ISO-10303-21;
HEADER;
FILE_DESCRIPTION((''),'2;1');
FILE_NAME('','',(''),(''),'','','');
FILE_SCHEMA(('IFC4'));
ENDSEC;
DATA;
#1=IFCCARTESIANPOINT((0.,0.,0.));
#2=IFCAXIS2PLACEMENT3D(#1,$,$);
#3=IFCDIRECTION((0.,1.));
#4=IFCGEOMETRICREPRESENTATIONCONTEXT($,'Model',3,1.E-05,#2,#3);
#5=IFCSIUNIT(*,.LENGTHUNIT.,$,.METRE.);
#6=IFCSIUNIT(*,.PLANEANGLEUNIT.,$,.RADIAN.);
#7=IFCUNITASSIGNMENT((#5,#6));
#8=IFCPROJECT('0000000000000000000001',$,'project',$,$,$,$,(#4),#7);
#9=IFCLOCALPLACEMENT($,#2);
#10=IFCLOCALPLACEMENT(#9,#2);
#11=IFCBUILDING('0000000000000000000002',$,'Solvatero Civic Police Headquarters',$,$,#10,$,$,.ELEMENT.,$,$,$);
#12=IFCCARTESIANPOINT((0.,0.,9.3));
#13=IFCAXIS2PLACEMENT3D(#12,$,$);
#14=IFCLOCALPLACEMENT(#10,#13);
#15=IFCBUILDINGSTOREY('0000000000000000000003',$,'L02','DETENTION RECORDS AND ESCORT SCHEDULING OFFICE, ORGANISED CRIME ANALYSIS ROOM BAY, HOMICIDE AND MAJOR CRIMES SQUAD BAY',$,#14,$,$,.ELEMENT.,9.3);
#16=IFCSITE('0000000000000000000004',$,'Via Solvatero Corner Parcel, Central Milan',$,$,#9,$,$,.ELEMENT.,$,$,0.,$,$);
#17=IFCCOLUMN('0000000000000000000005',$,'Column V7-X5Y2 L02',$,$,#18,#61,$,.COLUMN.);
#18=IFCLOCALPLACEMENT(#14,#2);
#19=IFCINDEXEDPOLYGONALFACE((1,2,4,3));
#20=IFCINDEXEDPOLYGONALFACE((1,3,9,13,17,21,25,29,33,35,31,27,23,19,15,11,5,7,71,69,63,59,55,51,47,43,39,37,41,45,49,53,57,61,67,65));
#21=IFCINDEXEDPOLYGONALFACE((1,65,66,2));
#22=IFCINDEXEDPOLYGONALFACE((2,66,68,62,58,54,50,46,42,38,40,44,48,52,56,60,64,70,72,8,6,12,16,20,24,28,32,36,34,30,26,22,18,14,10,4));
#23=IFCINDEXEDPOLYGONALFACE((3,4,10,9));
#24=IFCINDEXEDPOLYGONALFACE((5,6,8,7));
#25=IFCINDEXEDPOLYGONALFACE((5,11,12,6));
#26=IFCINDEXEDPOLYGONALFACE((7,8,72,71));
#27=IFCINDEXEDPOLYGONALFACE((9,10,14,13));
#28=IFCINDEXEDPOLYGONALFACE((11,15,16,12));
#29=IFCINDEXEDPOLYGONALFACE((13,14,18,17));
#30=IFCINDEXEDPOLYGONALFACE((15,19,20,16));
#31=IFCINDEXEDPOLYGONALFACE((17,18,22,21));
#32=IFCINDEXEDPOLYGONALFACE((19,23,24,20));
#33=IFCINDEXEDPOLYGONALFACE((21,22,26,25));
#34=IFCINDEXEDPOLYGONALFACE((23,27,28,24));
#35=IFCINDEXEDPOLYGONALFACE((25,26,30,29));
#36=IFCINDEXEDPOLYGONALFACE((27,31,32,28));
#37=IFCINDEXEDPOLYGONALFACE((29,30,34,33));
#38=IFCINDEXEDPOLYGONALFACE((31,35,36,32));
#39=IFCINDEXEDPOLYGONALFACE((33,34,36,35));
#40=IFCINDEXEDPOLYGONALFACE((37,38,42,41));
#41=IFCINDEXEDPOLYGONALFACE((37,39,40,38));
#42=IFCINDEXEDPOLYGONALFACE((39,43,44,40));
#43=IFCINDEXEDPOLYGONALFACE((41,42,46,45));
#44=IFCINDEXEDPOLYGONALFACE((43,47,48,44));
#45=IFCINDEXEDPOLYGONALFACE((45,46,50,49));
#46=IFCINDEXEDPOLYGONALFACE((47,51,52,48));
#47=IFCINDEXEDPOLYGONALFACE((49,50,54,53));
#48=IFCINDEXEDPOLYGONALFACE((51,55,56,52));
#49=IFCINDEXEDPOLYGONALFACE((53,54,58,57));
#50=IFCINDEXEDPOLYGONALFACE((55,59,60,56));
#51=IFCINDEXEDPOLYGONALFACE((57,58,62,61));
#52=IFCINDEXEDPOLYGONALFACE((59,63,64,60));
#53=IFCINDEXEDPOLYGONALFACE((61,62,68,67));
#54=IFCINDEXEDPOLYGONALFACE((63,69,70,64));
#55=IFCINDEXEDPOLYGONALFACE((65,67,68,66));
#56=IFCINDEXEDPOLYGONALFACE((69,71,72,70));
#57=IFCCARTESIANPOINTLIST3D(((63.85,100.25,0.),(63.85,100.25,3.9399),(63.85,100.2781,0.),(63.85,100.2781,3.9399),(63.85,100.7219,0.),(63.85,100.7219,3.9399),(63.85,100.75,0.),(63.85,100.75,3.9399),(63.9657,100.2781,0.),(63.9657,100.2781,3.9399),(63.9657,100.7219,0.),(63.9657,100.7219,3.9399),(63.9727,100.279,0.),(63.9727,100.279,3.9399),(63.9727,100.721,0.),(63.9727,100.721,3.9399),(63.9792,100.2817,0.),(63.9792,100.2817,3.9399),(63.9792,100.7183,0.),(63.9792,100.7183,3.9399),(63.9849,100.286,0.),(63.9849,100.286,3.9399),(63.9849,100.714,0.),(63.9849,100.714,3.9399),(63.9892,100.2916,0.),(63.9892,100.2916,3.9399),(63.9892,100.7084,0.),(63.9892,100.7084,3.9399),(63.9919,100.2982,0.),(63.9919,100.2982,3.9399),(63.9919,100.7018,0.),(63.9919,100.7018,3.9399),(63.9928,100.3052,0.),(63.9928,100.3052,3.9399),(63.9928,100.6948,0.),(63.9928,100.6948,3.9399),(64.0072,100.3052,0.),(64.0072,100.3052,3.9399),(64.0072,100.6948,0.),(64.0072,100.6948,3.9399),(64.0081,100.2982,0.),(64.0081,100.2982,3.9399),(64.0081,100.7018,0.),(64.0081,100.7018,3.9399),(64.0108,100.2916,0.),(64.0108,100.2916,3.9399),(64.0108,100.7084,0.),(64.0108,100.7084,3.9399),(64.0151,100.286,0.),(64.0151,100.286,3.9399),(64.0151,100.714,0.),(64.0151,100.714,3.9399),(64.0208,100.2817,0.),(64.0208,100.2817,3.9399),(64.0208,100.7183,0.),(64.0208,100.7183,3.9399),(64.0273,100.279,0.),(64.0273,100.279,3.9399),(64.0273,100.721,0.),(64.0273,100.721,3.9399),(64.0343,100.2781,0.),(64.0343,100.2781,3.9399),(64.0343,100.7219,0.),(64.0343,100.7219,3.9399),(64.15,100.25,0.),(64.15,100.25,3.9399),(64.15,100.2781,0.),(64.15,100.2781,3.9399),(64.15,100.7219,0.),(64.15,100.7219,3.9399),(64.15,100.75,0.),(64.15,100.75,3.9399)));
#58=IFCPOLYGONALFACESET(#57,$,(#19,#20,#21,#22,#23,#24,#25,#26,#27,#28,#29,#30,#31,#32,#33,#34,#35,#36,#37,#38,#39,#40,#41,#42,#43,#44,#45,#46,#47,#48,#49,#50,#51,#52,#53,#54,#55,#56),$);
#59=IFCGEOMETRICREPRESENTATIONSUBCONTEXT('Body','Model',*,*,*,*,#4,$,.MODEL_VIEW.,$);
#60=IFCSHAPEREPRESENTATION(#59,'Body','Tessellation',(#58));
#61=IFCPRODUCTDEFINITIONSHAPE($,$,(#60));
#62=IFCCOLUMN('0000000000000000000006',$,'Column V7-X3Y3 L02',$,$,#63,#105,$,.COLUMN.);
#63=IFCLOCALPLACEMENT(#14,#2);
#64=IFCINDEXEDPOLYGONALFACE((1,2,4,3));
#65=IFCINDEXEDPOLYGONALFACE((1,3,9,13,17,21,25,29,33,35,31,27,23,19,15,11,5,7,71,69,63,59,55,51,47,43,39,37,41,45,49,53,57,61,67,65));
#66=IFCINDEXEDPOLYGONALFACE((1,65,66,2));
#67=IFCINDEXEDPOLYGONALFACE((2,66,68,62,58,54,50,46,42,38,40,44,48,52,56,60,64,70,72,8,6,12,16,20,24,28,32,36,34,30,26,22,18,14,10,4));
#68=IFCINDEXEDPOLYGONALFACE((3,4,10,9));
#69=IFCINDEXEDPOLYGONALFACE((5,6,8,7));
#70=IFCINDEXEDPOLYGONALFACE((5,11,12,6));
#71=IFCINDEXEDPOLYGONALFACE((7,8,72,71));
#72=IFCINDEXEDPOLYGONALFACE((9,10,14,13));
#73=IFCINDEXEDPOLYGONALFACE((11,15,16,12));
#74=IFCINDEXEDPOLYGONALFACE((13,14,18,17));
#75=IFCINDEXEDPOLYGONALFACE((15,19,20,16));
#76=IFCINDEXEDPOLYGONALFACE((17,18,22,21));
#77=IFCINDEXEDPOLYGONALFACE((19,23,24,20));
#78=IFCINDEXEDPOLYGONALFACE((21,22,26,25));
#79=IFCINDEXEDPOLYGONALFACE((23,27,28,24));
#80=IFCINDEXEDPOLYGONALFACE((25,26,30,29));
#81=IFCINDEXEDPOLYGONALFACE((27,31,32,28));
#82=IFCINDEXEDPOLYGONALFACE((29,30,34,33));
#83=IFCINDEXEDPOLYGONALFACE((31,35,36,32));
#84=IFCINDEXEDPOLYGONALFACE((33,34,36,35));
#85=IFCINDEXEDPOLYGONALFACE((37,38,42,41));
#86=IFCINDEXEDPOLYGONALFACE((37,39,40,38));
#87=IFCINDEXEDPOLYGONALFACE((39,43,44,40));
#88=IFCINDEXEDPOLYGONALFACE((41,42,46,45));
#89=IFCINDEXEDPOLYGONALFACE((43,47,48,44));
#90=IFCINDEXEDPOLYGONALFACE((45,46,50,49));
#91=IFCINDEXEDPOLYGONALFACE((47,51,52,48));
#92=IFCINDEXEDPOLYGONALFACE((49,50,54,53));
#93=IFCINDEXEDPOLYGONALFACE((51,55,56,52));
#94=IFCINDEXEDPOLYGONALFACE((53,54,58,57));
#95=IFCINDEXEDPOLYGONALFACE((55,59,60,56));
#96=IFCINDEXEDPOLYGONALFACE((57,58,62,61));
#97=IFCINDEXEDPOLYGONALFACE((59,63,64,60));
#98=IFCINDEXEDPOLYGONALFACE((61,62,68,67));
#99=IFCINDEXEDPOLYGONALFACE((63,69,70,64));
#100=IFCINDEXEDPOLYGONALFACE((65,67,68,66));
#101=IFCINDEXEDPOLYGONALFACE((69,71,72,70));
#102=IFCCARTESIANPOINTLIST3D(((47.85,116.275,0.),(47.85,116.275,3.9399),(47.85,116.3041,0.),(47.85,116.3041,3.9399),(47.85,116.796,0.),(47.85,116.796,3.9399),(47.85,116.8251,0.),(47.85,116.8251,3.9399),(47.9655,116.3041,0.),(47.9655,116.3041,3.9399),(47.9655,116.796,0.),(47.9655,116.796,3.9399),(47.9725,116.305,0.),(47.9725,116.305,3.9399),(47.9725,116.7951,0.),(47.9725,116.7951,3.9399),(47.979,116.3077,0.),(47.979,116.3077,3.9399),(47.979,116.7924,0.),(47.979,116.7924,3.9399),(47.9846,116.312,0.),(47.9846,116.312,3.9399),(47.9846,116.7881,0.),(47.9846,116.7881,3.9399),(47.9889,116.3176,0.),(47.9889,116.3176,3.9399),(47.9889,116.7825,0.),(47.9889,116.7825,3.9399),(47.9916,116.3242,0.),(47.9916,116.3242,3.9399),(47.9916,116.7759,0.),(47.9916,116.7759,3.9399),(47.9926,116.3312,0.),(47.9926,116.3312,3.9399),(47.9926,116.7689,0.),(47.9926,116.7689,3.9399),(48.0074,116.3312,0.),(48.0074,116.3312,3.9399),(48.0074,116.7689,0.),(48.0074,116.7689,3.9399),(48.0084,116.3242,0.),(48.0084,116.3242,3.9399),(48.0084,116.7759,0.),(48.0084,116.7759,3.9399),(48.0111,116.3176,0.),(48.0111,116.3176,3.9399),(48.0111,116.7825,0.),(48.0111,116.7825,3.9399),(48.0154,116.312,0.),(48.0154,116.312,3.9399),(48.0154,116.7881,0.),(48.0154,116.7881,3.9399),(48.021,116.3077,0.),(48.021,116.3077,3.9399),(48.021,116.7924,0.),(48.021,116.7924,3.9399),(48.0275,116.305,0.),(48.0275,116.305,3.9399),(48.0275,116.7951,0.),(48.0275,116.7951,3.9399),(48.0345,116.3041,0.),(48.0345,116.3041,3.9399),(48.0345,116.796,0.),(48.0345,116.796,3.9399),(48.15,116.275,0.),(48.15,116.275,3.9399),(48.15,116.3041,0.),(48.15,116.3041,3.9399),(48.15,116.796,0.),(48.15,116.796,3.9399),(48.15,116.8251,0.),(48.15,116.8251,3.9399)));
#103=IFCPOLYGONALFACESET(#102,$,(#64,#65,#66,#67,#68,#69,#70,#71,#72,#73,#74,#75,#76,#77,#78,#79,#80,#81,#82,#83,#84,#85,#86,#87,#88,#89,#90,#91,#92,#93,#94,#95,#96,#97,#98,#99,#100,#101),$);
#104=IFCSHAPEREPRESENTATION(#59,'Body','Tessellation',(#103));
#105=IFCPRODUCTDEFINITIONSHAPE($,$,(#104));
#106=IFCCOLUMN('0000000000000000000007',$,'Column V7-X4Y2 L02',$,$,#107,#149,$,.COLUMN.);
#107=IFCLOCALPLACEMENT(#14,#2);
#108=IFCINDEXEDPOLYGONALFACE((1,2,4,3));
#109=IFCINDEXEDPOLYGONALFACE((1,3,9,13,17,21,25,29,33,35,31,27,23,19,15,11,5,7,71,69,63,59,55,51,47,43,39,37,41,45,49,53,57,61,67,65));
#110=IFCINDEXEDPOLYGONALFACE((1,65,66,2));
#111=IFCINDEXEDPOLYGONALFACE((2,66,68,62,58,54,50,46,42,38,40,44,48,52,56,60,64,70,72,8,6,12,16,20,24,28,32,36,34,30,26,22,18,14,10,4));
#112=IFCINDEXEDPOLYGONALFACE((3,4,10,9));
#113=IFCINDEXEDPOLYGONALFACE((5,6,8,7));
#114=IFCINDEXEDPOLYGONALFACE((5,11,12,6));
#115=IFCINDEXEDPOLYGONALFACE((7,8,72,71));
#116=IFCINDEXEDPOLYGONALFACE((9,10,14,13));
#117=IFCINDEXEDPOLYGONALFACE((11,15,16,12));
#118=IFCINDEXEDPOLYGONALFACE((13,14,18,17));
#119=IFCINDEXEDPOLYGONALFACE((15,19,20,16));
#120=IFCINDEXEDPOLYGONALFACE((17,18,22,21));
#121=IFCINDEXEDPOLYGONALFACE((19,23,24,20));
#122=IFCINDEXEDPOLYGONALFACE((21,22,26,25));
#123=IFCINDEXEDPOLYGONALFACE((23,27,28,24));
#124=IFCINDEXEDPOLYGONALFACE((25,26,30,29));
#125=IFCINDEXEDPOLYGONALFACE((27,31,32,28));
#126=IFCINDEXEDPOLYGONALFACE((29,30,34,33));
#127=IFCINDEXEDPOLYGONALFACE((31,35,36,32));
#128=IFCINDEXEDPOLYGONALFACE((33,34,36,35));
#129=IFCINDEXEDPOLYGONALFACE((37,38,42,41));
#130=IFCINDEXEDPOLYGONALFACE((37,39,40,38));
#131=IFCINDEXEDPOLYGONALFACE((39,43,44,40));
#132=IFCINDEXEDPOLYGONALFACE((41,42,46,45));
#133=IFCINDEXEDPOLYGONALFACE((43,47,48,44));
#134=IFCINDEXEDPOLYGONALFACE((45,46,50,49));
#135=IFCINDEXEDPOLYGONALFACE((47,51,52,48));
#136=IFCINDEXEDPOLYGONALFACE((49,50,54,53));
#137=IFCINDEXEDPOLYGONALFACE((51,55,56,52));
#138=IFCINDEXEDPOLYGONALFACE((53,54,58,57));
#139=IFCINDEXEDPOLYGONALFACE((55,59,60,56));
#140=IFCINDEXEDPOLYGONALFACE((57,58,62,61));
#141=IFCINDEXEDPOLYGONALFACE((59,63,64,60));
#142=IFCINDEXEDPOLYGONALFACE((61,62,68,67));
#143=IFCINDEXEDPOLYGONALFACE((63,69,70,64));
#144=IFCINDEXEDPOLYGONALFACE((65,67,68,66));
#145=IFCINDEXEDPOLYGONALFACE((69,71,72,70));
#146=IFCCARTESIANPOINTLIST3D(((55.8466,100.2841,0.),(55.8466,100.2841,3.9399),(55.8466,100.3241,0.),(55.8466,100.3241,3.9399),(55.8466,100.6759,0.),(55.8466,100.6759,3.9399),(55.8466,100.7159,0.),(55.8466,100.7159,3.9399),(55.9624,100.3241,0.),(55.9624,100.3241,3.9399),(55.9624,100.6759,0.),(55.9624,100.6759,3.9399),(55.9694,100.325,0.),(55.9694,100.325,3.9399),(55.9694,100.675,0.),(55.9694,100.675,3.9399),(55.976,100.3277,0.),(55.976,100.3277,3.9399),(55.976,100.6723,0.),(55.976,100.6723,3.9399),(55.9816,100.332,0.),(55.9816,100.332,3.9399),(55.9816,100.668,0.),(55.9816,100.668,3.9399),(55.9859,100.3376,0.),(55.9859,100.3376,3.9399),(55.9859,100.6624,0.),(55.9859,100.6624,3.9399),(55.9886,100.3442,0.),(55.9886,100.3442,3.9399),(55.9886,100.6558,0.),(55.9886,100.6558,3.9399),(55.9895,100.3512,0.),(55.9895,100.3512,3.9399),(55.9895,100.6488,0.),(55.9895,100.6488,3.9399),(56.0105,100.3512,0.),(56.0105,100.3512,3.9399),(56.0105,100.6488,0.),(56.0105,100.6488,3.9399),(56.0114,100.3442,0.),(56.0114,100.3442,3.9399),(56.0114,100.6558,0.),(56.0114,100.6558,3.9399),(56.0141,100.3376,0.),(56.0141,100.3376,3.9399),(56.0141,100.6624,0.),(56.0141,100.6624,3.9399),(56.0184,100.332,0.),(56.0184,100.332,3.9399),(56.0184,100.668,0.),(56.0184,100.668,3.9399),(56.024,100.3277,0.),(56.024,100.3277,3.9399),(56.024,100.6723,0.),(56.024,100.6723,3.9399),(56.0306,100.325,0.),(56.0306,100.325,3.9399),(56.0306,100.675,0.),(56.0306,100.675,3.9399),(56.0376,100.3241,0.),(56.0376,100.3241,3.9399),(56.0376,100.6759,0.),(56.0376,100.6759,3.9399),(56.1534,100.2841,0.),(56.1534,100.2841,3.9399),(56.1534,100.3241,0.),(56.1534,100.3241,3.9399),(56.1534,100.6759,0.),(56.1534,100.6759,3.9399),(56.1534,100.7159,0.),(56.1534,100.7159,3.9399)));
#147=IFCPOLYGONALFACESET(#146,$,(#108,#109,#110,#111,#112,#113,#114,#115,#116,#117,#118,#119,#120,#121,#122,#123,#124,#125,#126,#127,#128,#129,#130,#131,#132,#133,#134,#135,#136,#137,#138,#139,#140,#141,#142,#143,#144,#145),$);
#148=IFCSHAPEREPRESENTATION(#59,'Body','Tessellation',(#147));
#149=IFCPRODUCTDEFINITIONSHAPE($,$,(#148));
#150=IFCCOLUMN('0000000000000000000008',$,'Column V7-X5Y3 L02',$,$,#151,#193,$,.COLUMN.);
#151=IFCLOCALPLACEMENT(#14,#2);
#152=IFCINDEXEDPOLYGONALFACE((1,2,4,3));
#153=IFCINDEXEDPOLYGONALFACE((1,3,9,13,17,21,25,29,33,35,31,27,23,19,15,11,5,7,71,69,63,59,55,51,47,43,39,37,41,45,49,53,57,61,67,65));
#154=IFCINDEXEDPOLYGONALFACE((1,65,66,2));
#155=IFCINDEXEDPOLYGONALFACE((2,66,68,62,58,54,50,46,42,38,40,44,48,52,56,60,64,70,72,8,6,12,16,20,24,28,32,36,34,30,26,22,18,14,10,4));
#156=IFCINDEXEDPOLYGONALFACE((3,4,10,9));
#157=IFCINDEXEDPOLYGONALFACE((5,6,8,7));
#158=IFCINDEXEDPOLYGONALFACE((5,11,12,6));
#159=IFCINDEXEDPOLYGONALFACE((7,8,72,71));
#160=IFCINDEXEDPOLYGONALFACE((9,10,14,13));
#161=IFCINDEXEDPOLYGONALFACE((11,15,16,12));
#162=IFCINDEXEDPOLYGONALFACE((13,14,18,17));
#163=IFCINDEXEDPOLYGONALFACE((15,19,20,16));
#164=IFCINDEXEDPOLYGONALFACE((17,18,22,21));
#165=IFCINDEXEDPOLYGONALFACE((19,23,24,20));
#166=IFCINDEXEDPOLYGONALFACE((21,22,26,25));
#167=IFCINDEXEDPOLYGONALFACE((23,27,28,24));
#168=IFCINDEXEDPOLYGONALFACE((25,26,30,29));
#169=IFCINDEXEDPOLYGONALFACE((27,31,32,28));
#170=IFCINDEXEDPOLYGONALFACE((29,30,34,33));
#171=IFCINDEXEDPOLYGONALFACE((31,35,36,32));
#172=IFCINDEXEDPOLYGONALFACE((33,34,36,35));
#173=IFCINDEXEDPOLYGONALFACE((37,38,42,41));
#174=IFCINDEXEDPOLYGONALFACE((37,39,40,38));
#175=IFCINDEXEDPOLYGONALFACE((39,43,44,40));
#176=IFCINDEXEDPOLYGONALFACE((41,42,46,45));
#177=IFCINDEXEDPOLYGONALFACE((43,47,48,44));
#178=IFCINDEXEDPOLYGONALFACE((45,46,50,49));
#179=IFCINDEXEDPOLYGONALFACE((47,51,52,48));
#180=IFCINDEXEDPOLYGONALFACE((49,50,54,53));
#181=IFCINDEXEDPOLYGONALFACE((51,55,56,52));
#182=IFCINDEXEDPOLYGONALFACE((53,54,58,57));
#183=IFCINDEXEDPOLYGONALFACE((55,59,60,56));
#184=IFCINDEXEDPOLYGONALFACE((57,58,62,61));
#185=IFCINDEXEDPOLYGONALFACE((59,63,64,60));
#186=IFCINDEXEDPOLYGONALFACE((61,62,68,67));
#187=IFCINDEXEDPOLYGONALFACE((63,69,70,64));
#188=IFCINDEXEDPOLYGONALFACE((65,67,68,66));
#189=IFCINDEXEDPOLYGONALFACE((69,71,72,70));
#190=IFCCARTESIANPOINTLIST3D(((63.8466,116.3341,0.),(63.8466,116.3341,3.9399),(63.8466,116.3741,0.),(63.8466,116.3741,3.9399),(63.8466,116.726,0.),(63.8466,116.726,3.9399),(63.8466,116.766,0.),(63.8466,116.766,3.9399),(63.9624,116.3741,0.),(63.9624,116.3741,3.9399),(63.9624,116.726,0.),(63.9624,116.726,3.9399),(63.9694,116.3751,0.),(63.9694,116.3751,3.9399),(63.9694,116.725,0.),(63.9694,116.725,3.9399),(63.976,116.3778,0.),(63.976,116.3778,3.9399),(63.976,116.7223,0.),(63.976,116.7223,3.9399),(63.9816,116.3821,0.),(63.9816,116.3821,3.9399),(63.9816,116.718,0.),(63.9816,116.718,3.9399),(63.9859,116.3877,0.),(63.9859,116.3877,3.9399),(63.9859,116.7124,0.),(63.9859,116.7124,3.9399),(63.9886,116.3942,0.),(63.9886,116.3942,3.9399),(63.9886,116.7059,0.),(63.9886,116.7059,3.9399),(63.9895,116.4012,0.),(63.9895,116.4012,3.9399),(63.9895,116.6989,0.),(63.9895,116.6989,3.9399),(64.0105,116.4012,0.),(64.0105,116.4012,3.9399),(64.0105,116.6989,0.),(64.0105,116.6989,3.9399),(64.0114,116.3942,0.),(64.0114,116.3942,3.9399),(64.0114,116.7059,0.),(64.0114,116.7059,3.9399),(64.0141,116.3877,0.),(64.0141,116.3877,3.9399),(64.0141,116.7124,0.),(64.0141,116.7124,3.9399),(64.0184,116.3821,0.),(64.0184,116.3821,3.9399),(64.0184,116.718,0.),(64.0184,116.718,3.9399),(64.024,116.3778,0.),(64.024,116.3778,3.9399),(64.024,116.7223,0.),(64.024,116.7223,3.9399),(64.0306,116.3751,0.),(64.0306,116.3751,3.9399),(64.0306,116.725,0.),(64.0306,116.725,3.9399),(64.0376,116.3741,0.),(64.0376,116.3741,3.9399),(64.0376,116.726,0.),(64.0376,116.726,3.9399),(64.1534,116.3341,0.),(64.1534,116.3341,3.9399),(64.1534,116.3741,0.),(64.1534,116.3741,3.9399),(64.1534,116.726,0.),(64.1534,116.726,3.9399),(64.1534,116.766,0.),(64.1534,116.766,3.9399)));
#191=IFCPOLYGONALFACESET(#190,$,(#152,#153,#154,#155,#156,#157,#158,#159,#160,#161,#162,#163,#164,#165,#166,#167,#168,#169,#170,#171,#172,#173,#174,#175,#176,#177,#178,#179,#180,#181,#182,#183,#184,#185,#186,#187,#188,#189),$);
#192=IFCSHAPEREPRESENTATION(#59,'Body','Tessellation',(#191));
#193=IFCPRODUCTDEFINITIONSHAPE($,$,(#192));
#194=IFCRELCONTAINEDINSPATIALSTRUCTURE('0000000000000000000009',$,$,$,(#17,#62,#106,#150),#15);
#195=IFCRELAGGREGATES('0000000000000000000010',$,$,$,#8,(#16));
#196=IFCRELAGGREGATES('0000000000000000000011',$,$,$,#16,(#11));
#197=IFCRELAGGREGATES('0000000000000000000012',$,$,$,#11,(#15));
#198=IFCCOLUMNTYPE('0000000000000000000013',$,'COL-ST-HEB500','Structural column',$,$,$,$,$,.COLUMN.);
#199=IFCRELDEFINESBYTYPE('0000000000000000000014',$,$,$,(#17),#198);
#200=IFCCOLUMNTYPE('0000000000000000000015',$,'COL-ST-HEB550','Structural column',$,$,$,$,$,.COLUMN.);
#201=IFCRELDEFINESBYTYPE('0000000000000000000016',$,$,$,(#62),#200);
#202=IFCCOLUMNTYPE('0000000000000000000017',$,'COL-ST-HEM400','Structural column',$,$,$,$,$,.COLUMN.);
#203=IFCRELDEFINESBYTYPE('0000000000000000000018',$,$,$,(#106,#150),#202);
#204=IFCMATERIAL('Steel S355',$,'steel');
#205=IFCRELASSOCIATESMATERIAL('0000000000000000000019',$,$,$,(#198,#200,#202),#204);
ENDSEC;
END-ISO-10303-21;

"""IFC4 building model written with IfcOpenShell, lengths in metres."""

from ifc_helpers import new_model, si_unit, direction, frame, origin, origin_2d, place, context, subcontext, project, spatial, i_section, extrude, material, material_profile, profile_set, type_object, element, save


model = new_model("IFC4")

# Units and contexts
model_context = context("Model", 3, precision=1e-05, world=origin(), true_north=direction((0.0, 1.0)))
body_context = subcontext(model_context, "Body", "Model", "MODEL_VIEW")
ifc_project = project(units=[si_unit("LENGTHUNIT", "METRE"), si_unit("PLANEANGLEUNIT", "RADIAN")], contexts=[model_context])

# Site, building, storey
site_placement = place(None, origin())
site = spatial("IfcSite", under=ifc_project, at=site_placement, Name="Via Solvatero Corner Parcel, Central Milan", CompositionType="ELEMENT", RefElevation=0.0)
building_placement = place(site_placement, origin())
building = spatial("IfcBuilding", under=site, at=building_placement, Name="Solvatero Civic Police Headquarters", CompositionType="ELEMENT")
storey_placement = place(building_placement, frame((0.0, 0.0, 9.3)))
storey = spatial("IfcBuildingStorey", under=building, at=storey_placement, Name="L02", Description="DETENTION RECORDS AND ESCORT SCHEDULING OFFICE, ORGANISED CRIME ANALYSIS ROOM BAY, HOMICIDE AND MAJOR CRIMES SQUAD BAY", CompositionType="ELEMENT", Elevation=9.3)

# Columns
ifc_material_1 = material(Name="Steel S355", Category="steel")
ifc_material_profile_1 = material_profile(ifc_material_1, i_section(OverallWidth=0.3, OverallDepth=0.5, WebThickness=0.0144, FlangeThickness=0.0281, FilletRadius=0.0271, at=origin_2d()), Name="HEB 500")
ifc_profile_set_1 = profile_set([ifc_material_profile_1], Name="Steel S355")
column_type_1 = type_object("IfcColumnType", Name="COL-ST-HEB500", Description="Structural column", PredefinedType="COLUMN", material=ifc_profile_set_1)
column_1_placement = place(storey_placement, frame((64.0, 100.5, 0.0), z_axis=(0.0, 0.0, 1.0), x_axis=(1.0, 0.0, 0.0)))
element("IfcColumn", 1, at=column_1_placement, inside=storey, type_object=column_type_1, Name="Column V7-X5Y2 L02", PredefinedType="COLUMN", context=body_context, shape_type="SweptSolid", body=[
    extrude(i_section(OverallWidth=0.3, OverallDepth=0.5, WebThickness=0.0144, FlangeThickness=0.0281, FilletRadius=0.0271, at=origin_2d()), origin(), (0.0, 0.0, 1.0), 3.9399),
])
ifc_material_profile_2 = material_profile(ifc_material_1, i_section(OverallWidth=0.3, OverallDepth=0.55, WebThickness=0.0149, FlangeThickness=0.0291, FilletRadius=0.0271, at=origin_2d()), Name="HEB 550")
ifc_profile_set_2 = profile_set([ifc_material_profile_2], Name="Steel S355")
column_type_2 = type_object("IfcColumnType", Name="COL-ST-HEB550", Description="Structural column", PredefinedType="COLUMN", material=ifc_profile_set_2)
column_2_placement = place(storey_placement, frame((48.0, 116.55, 0.0), z_axis=(0.0, 0.0, 1.0), x_axis=(1.0, 0.0, 0.0)))
element("IfcColumn", 2, at=column_2_placement, inside=storey, type_object=column_type_2, Name="Column V7-X3Y3 L02", PredefinedType="COLUMN", context=body_context, shape_type="SweptSolid", body=[
    extrude(i_section(OverallWidth=0.3, OverallDepth=0.55, WebThickness=0.0149, FlangeThickness=0.0291, FilletRadius=0.0271, at=origin_2d()), origin(), (0.0, 0.0, 1.0), 3.9399),
])
ifc_material_profile_3 = material_profile(ifc_material_1, i_section(OverallWidth=0.3069, OverallDepth=0.4319, WebThickness=0.021, FlangeThickness=0.04, FilletRadius=0.0271, at=origin_2d()), Name="HEM 400")
ifc_profile_set_3 = profile_set([ifc_material_profile_3], Name="Steel S355")
column_type_3 = type_object("IfcColumnType", Name="COL-ST-HEM400", Description="Structural column", PredefinedType="COLUMN", material=ifc_profile_set_3)
for number, where, z_axis, x_axis, name in (
    (3, (56.0, 100.5, 0.0), (0.0, 0.0, 1.0), (1.0, 0.0, 0.0), "Column V7-X4Y2 L02"),
    (4, (64.0, 116.55, 0.0), (0.0, 0.0, 1.0), (1.0, 0.0, 0.0), "Column V7-X5Y3 L02"),
):
    element("IfcColumn", number, at=place(storey_placement, frame(where, z_axis=z_axis, x_axis=x_axis)), inside=storey, type_object=column_type_3, Name=name, PredefinedType="COLUMN", context=body_context, shape_type="SweptSolid", body=[
        extrude(i_section(OverallWidth=0.3069, OverallDepth=0.4319, WebThickness=0.021, FlangeThickness=0.04, FilletRadius=0.0271, at=origin_2d()), origin(), (0.0, 0.0, 1.0), 3.9399),
    ])

save(model, "model.ifc")
